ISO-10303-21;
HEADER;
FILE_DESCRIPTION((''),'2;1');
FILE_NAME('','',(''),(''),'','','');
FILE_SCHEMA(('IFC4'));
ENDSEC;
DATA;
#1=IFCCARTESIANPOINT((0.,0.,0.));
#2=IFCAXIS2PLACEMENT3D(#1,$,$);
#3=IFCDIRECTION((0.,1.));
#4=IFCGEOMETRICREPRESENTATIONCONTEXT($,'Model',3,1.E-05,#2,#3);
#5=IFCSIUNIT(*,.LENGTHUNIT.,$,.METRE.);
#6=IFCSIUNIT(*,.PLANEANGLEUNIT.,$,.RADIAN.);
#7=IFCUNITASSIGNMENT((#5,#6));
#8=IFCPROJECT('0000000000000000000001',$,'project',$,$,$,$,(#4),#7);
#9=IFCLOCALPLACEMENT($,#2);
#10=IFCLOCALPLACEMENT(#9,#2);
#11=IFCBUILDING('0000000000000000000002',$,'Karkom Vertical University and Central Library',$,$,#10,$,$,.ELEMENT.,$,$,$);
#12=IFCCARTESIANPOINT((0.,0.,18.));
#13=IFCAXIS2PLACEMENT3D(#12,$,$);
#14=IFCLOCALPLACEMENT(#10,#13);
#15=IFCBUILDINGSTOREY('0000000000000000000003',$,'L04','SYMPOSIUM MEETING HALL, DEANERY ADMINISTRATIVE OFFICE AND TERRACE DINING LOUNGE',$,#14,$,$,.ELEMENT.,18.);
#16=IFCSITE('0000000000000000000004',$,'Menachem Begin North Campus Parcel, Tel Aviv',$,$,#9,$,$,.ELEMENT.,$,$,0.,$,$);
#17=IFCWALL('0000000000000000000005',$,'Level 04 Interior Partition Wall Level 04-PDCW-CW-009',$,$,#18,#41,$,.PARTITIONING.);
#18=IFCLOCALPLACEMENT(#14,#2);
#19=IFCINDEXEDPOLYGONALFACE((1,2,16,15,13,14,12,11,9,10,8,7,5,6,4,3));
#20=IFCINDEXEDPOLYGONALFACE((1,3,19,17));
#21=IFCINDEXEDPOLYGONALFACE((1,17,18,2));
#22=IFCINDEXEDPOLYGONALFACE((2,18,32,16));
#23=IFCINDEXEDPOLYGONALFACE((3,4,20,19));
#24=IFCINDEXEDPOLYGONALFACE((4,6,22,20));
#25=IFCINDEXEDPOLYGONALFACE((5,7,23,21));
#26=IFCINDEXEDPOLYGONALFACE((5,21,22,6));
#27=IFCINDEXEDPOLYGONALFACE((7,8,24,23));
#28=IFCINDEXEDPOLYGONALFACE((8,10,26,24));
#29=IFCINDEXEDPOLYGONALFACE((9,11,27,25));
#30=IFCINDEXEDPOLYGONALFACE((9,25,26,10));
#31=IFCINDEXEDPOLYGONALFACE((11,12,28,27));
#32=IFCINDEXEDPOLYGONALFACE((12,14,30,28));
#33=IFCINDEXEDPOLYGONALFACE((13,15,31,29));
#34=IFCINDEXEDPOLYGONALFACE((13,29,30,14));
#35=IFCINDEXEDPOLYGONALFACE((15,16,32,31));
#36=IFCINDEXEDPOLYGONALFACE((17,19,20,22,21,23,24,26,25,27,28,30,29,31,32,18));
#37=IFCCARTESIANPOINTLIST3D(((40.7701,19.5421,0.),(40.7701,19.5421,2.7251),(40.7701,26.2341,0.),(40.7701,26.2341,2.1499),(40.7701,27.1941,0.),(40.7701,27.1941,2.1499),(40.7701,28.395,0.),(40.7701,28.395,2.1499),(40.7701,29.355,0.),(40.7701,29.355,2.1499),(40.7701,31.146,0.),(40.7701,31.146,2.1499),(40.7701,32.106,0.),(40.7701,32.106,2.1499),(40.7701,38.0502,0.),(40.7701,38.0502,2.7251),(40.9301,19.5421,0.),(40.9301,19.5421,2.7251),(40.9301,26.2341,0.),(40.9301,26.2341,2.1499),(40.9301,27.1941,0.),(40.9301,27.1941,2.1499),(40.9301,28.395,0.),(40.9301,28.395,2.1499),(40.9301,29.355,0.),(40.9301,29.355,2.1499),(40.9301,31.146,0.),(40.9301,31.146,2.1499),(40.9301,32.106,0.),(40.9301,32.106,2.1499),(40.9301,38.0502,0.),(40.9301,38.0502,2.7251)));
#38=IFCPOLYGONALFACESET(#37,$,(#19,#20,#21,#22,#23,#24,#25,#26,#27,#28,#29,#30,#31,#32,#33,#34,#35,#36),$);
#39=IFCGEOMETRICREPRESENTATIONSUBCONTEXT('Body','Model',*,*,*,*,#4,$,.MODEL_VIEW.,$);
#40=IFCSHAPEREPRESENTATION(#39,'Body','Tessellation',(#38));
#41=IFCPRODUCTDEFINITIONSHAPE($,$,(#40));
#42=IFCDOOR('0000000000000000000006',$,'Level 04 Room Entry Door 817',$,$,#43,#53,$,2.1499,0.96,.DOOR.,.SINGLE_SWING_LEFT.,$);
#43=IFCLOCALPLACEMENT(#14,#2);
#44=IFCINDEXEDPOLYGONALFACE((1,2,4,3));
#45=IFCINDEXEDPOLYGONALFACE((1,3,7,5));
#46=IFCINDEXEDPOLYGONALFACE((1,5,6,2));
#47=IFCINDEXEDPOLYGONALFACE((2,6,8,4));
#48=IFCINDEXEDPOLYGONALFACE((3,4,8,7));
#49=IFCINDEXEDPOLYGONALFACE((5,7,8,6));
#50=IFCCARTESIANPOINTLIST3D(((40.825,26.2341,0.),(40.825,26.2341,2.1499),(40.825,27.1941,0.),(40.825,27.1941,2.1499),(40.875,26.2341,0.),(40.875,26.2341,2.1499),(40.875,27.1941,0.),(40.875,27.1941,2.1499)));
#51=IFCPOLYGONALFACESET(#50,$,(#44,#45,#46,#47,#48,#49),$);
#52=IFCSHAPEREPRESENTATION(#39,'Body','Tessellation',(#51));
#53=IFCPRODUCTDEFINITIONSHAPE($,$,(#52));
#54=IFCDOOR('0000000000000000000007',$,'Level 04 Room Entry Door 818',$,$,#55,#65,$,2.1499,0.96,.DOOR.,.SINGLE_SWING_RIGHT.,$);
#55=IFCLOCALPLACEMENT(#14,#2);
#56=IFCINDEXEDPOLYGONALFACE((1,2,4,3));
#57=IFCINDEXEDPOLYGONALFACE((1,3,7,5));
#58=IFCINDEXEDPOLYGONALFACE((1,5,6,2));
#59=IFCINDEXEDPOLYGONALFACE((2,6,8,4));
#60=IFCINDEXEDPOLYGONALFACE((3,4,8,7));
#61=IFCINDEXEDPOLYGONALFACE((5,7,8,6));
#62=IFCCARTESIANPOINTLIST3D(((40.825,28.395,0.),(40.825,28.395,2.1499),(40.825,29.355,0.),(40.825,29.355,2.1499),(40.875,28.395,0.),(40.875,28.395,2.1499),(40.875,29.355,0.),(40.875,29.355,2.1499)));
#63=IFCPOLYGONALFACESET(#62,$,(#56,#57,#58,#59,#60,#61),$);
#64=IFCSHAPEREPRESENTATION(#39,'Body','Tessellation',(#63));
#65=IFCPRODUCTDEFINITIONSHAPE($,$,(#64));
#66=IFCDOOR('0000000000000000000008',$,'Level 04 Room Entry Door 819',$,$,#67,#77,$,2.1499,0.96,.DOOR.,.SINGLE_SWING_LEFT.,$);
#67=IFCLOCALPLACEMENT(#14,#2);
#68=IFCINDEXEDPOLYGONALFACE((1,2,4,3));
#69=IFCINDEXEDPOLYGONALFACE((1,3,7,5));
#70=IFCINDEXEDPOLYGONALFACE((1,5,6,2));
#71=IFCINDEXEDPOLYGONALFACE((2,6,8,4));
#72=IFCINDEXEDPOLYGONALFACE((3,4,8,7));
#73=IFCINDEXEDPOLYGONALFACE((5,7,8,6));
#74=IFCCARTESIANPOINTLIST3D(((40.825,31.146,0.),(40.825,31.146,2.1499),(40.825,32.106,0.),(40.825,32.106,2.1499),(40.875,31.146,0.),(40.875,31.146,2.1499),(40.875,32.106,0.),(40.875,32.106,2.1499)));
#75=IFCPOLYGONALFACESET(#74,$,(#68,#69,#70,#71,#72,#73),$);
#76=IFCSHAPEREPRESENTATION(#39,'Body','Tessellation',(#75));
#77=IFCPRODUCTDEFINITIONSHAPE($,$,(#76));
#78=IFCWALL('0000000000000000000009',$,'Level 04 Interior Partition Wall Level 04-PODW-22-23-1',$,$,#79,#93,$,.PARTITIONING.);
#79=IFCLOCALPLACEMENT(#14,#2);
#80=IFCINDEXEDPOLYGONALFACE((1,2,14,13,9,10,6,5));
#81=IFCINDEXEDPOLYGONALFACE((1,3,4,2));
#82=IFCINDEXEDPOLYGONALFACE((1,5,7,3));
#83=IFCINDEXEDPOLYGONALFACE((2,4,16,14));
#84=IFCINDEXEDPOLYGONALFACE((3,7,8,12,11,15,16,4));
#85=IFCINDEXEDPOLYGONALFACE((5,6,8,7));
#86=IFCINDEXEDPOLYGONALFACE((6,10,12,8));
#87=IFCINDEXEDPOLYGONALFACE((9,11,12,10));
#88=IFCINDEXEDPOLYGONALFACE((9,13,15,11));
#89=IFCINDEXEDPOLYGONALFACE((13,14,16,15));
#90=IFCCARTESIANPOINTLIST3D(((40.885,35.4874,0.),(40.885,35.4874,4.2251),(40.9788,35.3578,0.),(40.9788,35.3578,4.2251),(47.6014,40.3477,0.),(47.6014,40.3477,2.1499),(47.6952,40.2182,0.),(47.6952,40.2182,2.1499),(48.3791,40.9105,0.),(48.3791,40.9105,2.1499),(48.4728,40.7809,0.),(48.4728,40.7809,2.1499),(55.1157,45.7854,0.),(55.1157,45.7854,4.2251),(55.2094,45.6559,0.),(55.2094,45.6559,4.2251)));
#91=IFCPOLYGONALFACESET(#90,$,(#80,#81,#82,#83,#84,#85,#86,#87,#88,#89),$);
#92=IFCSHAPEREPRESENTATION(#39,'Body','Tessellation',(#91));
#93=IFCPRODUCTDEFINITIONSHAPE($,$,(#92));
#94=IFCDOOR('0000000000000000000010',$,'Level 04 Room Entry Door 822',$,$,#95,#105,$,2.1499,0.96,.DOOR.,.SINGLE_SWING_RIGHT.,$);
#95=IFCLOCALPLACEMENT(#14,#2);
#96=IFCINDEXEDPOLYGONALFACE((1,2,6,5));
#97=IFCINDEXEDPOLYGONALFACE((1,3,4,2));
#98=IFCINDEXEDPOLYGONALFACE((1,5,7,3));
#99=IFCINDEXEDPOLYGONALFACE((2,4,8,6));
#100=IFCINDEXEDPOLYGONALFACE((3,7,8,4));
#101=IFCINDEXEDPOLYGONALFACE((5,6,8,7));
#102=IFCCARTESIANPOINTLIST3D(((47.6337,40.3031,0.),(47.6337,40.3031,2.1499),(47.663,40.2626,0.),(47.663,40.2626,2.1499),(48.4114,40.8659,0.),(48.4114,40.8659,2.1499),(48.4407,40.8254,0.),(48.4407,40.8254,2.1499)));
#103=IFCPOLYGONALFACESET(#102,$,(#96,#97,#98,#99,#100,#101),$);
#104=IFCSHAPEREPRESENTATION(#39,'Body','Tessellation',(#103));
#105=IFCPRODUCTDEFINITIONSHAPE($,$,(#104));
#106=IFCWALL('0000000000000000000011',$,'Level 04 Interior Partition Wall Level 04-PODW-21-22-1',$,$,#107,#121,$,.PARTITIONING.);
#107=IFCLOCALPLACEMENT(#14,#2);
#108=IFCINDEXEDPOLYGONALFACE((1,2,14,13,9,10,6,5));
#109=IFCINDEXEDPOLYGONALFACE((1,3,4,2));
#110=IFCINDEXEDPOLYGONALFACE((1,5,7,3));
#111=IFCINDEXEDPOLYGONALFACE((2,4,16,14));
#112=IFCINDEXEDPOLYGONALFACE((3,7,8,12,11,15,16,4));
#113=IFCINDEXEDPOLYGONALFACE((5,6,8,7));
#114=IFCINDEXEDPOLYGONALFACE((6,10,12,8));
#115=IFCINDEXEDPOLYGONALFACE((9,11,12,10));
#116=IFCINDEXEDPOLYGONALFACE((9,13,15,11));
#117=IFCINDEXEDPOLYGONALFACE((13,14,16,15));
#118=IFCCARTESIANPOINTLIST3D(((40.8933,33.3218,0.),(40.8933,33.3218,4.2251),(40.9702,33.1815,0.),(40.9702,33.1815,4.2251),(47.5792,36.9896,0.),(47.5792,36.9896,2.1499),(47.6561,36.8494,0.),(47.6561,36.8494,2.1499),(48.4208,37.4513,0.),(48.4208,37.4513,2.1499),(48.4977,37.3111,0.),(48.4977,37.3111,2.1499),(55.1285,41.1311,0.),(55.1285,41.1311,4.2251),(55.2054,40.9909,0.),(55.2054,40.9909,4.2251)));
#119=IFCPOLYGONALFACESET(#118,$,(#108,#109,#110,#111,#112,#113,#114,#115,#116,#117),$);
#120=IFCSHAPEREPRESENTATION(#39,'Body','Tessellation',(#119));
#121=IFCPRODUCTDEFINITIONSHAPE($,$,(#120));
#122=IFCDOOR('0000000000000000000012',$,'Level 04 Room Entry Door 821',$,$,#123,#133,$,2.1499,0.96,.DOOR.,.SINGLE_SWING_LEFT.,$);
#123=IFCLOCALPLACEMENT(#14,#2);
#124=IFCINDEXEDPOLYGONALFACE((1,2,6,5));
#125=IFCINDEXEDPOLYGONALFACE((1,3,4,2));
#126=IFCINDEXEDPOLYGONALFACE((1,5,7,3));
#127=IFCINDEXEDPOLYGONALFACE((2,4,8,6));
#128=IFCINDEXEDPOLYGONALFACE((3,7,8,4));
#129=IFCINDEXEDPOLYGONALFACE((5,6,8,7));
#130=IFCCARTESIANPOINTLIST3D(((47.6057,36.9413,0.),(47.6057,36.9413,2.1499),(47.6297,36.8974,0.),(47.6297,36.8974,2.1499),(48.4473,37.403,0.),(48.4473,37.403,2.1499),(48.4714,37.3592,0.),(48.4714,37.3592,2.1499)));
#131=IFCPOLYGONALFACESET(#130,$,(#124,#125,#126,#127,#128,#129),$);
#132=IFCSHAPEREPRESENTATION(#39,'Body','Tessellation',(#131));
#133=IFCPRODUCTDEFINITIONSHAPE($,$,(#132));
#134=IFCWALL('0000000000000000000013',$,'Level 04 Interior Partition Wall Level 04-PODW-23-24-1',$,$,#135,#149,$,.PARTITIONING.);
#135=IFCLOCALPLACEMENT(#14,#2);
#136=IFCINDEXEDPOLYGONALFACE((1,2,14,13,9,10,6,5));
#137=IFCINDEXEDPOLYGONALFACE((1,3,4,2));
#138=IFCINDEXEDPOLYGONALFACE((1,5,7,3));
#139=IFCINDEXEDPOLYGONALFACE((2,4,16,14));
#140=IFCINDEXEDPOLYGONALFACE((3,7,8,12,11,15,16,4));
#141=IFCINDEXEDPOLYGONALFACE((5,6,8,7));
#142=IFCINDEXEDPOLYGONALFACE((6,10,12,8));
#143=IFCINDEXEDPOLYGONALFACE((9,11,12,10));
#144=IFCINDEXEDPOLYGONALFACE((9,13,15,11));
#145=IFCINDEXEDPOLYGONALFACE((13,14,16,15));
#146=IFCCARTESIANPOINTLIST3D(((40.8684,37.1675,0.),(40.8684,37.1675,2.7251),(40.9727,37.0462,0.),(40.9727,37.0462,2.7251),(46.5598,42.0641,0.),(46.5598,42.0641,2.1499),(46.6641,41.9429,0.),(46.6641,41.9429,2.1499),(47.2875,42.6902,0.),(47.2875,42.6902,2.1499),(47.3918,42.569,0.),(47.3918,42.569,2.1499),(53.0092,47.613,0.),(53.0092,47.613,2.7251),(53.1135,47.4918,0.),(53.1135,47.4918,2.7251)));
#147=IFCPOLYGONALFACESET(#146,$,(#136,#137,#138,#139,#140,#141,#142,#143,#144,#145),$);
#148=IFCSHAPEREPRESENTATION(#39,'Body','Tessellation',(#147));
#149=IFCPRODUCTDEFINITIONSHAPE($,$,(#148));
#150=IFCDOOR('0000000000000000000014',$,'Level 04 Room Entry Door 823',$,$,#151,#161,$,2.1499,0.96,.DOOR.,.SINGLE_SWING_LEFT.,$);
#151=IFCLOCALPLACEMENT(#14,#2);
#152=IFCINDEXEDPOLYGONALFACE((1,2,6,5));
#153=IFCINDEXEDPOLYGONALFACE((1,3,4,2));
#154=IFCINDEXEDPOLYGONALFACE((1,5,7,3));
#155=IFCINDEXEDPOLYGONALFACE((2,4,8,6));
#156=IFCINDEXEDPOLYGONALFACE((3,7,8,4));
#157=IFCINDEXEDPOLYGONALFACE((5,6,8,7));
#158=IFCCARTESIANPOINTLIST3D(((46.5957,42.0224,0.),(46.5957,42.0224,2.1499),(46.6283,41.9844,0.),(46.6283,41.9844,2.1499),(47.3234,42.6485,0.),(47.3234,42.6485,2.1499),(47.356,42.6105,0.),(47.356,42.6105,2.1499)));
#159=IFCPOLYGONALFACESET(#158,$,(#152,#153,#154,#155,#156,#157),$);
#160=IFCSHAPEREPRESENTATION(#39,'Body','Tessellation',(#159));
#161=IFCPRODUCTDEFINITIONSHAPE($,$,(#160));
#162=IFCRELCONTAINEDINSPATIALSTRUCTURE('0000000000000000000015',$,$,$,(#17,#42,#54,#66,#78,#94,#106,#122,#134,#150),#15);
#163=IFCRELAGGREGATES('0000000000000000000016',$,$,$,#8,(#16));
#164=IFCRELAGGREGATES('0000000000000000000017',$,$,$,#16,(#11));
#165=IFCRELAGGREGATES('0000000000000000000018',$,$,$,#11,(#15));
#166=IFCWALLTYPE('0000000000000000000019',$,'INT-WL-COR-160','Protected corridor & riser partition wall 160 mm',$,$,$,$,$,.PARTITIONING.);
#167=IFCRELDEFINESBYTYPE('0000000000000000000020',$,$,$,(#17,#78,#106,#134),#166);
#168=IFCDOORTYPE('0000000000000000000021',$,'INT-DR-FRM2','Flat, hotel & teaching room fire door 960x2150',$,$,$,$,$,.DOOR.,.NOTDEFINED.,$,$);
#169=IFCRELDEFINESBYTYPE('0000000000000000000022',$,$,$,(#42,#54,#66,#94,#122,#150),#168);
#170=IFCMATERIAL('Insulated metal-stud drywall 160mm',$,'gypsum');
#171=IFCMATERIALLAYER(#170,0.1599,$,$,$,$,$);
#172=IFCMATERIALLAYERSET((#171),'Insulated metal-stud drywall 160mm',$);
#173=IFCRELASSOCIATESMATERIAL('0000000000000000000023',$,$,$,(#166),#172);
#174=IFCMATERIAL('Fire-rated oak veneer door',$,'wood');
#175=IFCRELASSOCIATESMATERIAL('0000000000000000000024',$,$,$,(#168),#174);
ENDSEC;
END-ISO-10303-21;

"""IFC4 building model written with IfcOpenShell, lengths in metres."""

from ifc_helpers import new_model, si_unit, direction, frame, frame_2d, origin, origin_with_axes, place, context, subcontext, project, spatial, rectangle, extrude, source, transform, mapped, material, layer, layer_set, type_object, element, fill, save


model = new_model("IFC4")

# Units and contexts
model_context = context("Model", 3, precision=1e-05, world=origin(), true_north=direction((0.0, 1.0)))
body_context = subcontext(model_context, "Body", "Model", "MODEL_VIEW")
ifc_project = project(units=[si_unit("LENGTHUNIT", "METRE"), si_unit("PLANEANGLEUNIT", "RADIAN")], contexts=[model_context])

# Site, building, storey
site_placement = place(None, origin())
site = spatial("IfcSite", under=ifc_project, at=site_placement, Name="Menachem Begin North Campus Parcel, Tel Aviv", CompositionType="ELEMENT", RefElevation=0.0)
building_placement = place(site_placement, origin())
building = spatial("IfcBuilding", under=site, at=building_placement, Name="Karkom Vertical University and Central Library", CompositionType="ELEMENT")
storey_placement = place(building_placement, frame((0.0, 0.0, 18.0)))
storey = spatial("IfcBuildingStorey", under=building, at=storey_placement, Name="L04", Description="SYMPOSIUM MEETING HALL, DEANERY ADMINISTRATIVE OFFICE AND TERRACE DINING LOUNGE", CompositionType="ELEMENT", Elevation=18.0)

# Wall, openings, doors
ifc_material_1 = material(Name="Insulated metal-stud drywall 160mm", Category="gypsum")
ifc_layer_1 = layer(ifc_material_1, 0.1599)
ifc_layer_set_1 = layer_set([ifc_layer_1], Name="Insulated metal-stud drywall 160mm")
wall_type_1 = type_object("IfcWallType", Name="INT-WL-COR-160", Description="Protected corridor & riser partition wall 160 mm", PredefinedType="PARTITIONING", material=ifc_layer_set_1)
wall_1_placement = place(storey_placement, frame((40.8501, 38.05, 0.0), z_axis=(0.0, 0.0, 1.0), x_axis=(0.0, -1.0, 0.0)))
wall_1 = element("IfcWall", 1, at=wall_1_placement, inside=storey, type_object=wall_type_1, Name="Level 04 Interior Partition Wall Level 04-PDCW-CW-009", PredefinedType="PARTITIONING", context=body_context, shape_type="SweptSolid", body=[
    extrude(rectangle(XDim=18.5081, YDim=0.1599, at=frame_2d((9.2539, 0.0))), origin(), (0.0, 0.0, 1.0), 2.7251),
])
opening_1_placement = place(wall_1_placement, frame((10.856, 0.0, 0.0)))
opening_1 = element("IfcOpeningElement", 2, at=opening_1_placement, cuts=wall_1, PredefinedType="OPENING", context=body_context, shape_type="SweptSolid", body=[
    extrude(rectangle(XDim=0.96, YDim=2.1499, at=frame_2d((0.48, 1.075))), frame((0.0, 0.0898, 0.0), z_axis=(0.0, -1.0, 0.0), x_axis=(1.0, 0.0, 0.0)), (0.0, 0.0, 1.0), 0.1799),
])
opening_2_placement = place(wall_1_placement, frame((8.6951, 0.0, 0.0)))
opening_2 = element("IfcOpeningElement", 3, at=opening_2_placement, cuts=wall_1, PredefinedType="OPENING", context=body_context, shape_type="SweptSolid", body=[
    extrude(rectangle(XDim=0.96, YDim=2.1499, at=frame_2d((0.48, 1.075))), frame((0.0, 0.0898, 0.0), z_axis=(0.0, -1.0, 0.0), x_axis=(1.0, 0.0, 0.0)), (0.0, 0.0, 1.0), 0.1799),
])
opening_3_placement = place(wall_1_placement, frame((5.9441, 0.0, 0.0)))
opening_3 = element("IfcOpeningElement", 4, at=opening_3_placement, cuts=wall_1, PredefinedType="OPENING", context=body_context, shape_type="SweptSolid", body=[
    extrude(rectangle(XDim=0.96, YDim=2.1499, at=frame_2d((0.48, 1.075))), frame((0.0, 0.0898, 0.0), z_axis=(0.0, -1.0, 0.0), x_axis=(1.0, 0.0, 0.0)), (0.0, 0.0, 1.0), 0.1799),
])
ifc_material_2 = material(Name="Fire-rated oak veneer door", Category="wood")
door_type_1 = type_object("IfcDoorType", Name="INT-DR-FRM2", Description="Flat, hotel & teaching room fire door 960x2150", OperationType="NOTDEFINED", PredefinedType="DOOR", material=ifc_material_2)
shared_shape_1 = source(origin_with_axes(), body_context, "Body", "SweptSolid", [
    extrude(rectangle(XDim=0.96, YDim=2.1499, at=frame_2d((0.48, 1.075))), frame((0.0, 0.0249, 0.0), z_axis=(0.0, -1.0, 0.0), x_axis=(1.0, 0.0, 0.0)), (0.0, 0.0, 1.0), 0.05),
])
door_1_placement = place(opening_1_placement, origin())
door_1 = element("IfcDoor", 5, at=door_1_placement, inside=storey, type_object=door_type_1, Name="Level 04 Room Entry Door 817", OperationType="SINGLE_SWING_LEFT", OverallHeight=2.1499, OverallWidth=0.96, PredefinedType="DOOR", context=body_context, shape_type="MappedRepresentation", body=[
    mapped(shared_shape_1, transform((0.0, 0.0, 0.0), scale=1.0)),
])
fill(opening_1, door_1)
door_2_placement = place(opening_2_placement, origin())
door_2 = element("IfcDoor", 6, at=door_2_placement, inside=storey, type_object=door_type_1, Name="Level 04 Room Entry Door 818", OperationType="SINGLE_SWING_RIGHT", OverallHeight=2.1499, OverallWidth=0.96, PredefinedType="DOOR", context=body_context, shape_type="MappedRepresentation", body=[
    mapped(shared_shape_1, transform((0.0, 0.0, 0.0), scale=1.0)),
])
fill(opening_2, door_2)
door_3_placement = place(opening_3_placement, origin())
door_3 = element("IfcDoor", 7, at=door_3_placement, inside=storey, type_object=door_type_1, Name="Level 04 Room Entry Door 819", OperationType="SINGLE_SWING_LEFT", OverallHeight=2.1499, OverallWidth=0.96, PredefinedType="DOOR", context=body_context, shape_type="MappedRepresentation", body=[
    mapped(shared_shape_1, transform((0.0, 0.0, 0.0), scale=1.0)),
])
fill(opening_3, door_3)

# Walls, openings, doors
wall_2_placement = place(storey_placement, frame((40.9319, 35.4226, 0.0), z_axis=(0.0, 0.0, 1.0), x_axis=(0.810129, 0.586252, 0.0)))
wall_2 = element("IfcWall", 8, at=wall_2_placement, inside=storey, type_object=wall_type_1, Name="Level 04 Interior Partition Wall Level 04-PODW-22-23-1", PredefinedType="PARTITIONING", context=body_context, shape_type="SweptSolid", body=[
    extrude(rectangle(XDim=17.5659, YDim=0.1599, at=frame_2d((8.783, 0.0))), origin(), (0.0, 0.0, 1.0), 4.2251),
])
opening_4_placement = place(wall_2_placement, frame((8.2905, 0.0, 0.0)))
opening_4 = element("IfcOpeningElement", 9, at=opening_4_placement, cuts=wall_2, PredefinedType="OPENING", context=body_context, shape_type="SweptSolid", body=[
    extrude(rectangle(XDim=0.96, YDim=2.1499, at=frame_2d((0.48, 1.075))), frame((0.0, 0.0898, 0.0), z_axis=(0.0, -1.0, 0.0), x_axis=(1.0, 0.0, 0.0)), (0.0, 0.0, 1.0), 0.1799),
])
door_4_placement = place(opening_4_placement, origin())
door_4 = element("IfcDoor", 10, at=door_4_placement, inside=storey, type_object=door_type_1, Name="Level 04 Room Entry Door 822", OperationType="SINGLE_SWING_RIGHT", OverallHeight=2.1499, OverallWidth=0.96, PredefinedType="DOOR", context=body_context, shape_type="MappedRepresentation", body=[
    mapped(shared_shape_1, transform((0.0, 0.0, 0.0), scale=1.0)),
])
fill(opening_4, door_4)
wall_3_placement = place(storey_placement, frame((40.9319, 33.2517, 0.0), z_axis=(0.0, 0.0, 1.0), x_axis=(0.876735, 0.480974, 0.0)))
wall_3 = element("IfcWall", 11, at=wall_3_placement, inside=storey, type_object=wall_type_1, Name="Level 04 Interior Partition Wall Level 04-PODW-21-22-1", PredefinedType="PARTITIONING", context=body_context, shape_type="SweptSolid", body=[
    extrude(rectangle(XDim=16.2366, YDim=0.1599, at=frame_2d((8.1182, 0.0))), origin(), (0.0, 0.0, 1.0), 4.2251),
])
opening_5_placement = place(wall_3_placement, frame((7.6257, 0.0, 0.0)))
opening_5 = element("IfcOpeningElement", 12, at=opening_5_placement, cuts=wall_3, PredefinedType="OPENING", context=body_context, shape_type="SweptSolid", body=[
    extrude(rectangle(XDim=0.96, YDim=2.1499, at=frame_2d((0.48, 1.075))), frame((0.0, 0.0898, 0.0), z_axis=(0.0, -1.0, 0.0), x_axis=(1.0, 0.0, 0.0)), (0.0, 0.0, 1.0), 0.1799),
])
door_5_placement = place(opening_5_placement, origin())
door_5 = element("IfcDoor", 13, at=door_5_placement, inside=storey, type_object=door_type_1, Name="Level 04 Room Entry Door 821", OperationType="SINGLE_SWING_LEFT", OverallHeight=2.1499, OverallWidth=0.96, PredefinedType="DOOR", context=body_context, shape_type="MappedRepresentation", body=[
    mapped(shared_shape_1, transform((0.0, 0.0, 0.0), scale=1.0)),
])
fill(opening_5, door_5)
wall_4_placement = place(storey_placement, frame((40.9207, 37.1069, 0.0), z_axis=(0.0, 0.0, 1.0), x_axis=(0.758049, 0.652198, 0.0)))
wall_4 = element("IfcWall", 14, at=wall_4_placement, inside=storey, type_object=wall_type_1, Name="Level 04 Interior Partition Wall Level 04-PODW-23-24-1", PredefinedType="PARTITIONING", context=body_context, shape_type="SweptSolid", body=[
    extrude(rectangle(XDim=16.0159, YDim=0.1599, at=frame_2d((8.0078, 0.0))), origin(), (0.0, 0.0, 1.0), 2.7251),
])
opening_6_placement = place(wall_4_placement, frame((7.5078, 0.0, 0.0)))
opening_6 = element("IfcOpeningElement", 15, at=opening_6_placement, cuts=wall_4, PredefinedType="OPENING", context=body_context, shape_type="SweptSolid", body=[
    extrude(rectangle(XDim=0.96, YDim=2.1499, at=frame_2d((0.48, 1.075))), frame((0.0, 0.0898, 0.0), z_axis=(0.0, -1.0, 0.0), x_axis=(1.0, 0.0, 0.0)), (0.0, 0.0, 1.0), 0.1799),
])
door_6_placement = place(opening_6_placement, origin())
door_6 = element("IfcDoor", 16, at=door_6_placement, inside=storey, type_object=door_type_1, Name="Level 04 Room Entry Door 823", OperationType="SINGLE_SWING_LEFT", OverallHeight=2.1499, OverallWidth=0.96, PredefinedType="DOOR", context=body_context, shape_type="MappedRepresentation", body=[
    mapped(shared_shape_1, transform((0.0, 0.0, 0.0), scale=1.0)),
])
fill(opening_6, door_6)

save(model, "model.ifc")
